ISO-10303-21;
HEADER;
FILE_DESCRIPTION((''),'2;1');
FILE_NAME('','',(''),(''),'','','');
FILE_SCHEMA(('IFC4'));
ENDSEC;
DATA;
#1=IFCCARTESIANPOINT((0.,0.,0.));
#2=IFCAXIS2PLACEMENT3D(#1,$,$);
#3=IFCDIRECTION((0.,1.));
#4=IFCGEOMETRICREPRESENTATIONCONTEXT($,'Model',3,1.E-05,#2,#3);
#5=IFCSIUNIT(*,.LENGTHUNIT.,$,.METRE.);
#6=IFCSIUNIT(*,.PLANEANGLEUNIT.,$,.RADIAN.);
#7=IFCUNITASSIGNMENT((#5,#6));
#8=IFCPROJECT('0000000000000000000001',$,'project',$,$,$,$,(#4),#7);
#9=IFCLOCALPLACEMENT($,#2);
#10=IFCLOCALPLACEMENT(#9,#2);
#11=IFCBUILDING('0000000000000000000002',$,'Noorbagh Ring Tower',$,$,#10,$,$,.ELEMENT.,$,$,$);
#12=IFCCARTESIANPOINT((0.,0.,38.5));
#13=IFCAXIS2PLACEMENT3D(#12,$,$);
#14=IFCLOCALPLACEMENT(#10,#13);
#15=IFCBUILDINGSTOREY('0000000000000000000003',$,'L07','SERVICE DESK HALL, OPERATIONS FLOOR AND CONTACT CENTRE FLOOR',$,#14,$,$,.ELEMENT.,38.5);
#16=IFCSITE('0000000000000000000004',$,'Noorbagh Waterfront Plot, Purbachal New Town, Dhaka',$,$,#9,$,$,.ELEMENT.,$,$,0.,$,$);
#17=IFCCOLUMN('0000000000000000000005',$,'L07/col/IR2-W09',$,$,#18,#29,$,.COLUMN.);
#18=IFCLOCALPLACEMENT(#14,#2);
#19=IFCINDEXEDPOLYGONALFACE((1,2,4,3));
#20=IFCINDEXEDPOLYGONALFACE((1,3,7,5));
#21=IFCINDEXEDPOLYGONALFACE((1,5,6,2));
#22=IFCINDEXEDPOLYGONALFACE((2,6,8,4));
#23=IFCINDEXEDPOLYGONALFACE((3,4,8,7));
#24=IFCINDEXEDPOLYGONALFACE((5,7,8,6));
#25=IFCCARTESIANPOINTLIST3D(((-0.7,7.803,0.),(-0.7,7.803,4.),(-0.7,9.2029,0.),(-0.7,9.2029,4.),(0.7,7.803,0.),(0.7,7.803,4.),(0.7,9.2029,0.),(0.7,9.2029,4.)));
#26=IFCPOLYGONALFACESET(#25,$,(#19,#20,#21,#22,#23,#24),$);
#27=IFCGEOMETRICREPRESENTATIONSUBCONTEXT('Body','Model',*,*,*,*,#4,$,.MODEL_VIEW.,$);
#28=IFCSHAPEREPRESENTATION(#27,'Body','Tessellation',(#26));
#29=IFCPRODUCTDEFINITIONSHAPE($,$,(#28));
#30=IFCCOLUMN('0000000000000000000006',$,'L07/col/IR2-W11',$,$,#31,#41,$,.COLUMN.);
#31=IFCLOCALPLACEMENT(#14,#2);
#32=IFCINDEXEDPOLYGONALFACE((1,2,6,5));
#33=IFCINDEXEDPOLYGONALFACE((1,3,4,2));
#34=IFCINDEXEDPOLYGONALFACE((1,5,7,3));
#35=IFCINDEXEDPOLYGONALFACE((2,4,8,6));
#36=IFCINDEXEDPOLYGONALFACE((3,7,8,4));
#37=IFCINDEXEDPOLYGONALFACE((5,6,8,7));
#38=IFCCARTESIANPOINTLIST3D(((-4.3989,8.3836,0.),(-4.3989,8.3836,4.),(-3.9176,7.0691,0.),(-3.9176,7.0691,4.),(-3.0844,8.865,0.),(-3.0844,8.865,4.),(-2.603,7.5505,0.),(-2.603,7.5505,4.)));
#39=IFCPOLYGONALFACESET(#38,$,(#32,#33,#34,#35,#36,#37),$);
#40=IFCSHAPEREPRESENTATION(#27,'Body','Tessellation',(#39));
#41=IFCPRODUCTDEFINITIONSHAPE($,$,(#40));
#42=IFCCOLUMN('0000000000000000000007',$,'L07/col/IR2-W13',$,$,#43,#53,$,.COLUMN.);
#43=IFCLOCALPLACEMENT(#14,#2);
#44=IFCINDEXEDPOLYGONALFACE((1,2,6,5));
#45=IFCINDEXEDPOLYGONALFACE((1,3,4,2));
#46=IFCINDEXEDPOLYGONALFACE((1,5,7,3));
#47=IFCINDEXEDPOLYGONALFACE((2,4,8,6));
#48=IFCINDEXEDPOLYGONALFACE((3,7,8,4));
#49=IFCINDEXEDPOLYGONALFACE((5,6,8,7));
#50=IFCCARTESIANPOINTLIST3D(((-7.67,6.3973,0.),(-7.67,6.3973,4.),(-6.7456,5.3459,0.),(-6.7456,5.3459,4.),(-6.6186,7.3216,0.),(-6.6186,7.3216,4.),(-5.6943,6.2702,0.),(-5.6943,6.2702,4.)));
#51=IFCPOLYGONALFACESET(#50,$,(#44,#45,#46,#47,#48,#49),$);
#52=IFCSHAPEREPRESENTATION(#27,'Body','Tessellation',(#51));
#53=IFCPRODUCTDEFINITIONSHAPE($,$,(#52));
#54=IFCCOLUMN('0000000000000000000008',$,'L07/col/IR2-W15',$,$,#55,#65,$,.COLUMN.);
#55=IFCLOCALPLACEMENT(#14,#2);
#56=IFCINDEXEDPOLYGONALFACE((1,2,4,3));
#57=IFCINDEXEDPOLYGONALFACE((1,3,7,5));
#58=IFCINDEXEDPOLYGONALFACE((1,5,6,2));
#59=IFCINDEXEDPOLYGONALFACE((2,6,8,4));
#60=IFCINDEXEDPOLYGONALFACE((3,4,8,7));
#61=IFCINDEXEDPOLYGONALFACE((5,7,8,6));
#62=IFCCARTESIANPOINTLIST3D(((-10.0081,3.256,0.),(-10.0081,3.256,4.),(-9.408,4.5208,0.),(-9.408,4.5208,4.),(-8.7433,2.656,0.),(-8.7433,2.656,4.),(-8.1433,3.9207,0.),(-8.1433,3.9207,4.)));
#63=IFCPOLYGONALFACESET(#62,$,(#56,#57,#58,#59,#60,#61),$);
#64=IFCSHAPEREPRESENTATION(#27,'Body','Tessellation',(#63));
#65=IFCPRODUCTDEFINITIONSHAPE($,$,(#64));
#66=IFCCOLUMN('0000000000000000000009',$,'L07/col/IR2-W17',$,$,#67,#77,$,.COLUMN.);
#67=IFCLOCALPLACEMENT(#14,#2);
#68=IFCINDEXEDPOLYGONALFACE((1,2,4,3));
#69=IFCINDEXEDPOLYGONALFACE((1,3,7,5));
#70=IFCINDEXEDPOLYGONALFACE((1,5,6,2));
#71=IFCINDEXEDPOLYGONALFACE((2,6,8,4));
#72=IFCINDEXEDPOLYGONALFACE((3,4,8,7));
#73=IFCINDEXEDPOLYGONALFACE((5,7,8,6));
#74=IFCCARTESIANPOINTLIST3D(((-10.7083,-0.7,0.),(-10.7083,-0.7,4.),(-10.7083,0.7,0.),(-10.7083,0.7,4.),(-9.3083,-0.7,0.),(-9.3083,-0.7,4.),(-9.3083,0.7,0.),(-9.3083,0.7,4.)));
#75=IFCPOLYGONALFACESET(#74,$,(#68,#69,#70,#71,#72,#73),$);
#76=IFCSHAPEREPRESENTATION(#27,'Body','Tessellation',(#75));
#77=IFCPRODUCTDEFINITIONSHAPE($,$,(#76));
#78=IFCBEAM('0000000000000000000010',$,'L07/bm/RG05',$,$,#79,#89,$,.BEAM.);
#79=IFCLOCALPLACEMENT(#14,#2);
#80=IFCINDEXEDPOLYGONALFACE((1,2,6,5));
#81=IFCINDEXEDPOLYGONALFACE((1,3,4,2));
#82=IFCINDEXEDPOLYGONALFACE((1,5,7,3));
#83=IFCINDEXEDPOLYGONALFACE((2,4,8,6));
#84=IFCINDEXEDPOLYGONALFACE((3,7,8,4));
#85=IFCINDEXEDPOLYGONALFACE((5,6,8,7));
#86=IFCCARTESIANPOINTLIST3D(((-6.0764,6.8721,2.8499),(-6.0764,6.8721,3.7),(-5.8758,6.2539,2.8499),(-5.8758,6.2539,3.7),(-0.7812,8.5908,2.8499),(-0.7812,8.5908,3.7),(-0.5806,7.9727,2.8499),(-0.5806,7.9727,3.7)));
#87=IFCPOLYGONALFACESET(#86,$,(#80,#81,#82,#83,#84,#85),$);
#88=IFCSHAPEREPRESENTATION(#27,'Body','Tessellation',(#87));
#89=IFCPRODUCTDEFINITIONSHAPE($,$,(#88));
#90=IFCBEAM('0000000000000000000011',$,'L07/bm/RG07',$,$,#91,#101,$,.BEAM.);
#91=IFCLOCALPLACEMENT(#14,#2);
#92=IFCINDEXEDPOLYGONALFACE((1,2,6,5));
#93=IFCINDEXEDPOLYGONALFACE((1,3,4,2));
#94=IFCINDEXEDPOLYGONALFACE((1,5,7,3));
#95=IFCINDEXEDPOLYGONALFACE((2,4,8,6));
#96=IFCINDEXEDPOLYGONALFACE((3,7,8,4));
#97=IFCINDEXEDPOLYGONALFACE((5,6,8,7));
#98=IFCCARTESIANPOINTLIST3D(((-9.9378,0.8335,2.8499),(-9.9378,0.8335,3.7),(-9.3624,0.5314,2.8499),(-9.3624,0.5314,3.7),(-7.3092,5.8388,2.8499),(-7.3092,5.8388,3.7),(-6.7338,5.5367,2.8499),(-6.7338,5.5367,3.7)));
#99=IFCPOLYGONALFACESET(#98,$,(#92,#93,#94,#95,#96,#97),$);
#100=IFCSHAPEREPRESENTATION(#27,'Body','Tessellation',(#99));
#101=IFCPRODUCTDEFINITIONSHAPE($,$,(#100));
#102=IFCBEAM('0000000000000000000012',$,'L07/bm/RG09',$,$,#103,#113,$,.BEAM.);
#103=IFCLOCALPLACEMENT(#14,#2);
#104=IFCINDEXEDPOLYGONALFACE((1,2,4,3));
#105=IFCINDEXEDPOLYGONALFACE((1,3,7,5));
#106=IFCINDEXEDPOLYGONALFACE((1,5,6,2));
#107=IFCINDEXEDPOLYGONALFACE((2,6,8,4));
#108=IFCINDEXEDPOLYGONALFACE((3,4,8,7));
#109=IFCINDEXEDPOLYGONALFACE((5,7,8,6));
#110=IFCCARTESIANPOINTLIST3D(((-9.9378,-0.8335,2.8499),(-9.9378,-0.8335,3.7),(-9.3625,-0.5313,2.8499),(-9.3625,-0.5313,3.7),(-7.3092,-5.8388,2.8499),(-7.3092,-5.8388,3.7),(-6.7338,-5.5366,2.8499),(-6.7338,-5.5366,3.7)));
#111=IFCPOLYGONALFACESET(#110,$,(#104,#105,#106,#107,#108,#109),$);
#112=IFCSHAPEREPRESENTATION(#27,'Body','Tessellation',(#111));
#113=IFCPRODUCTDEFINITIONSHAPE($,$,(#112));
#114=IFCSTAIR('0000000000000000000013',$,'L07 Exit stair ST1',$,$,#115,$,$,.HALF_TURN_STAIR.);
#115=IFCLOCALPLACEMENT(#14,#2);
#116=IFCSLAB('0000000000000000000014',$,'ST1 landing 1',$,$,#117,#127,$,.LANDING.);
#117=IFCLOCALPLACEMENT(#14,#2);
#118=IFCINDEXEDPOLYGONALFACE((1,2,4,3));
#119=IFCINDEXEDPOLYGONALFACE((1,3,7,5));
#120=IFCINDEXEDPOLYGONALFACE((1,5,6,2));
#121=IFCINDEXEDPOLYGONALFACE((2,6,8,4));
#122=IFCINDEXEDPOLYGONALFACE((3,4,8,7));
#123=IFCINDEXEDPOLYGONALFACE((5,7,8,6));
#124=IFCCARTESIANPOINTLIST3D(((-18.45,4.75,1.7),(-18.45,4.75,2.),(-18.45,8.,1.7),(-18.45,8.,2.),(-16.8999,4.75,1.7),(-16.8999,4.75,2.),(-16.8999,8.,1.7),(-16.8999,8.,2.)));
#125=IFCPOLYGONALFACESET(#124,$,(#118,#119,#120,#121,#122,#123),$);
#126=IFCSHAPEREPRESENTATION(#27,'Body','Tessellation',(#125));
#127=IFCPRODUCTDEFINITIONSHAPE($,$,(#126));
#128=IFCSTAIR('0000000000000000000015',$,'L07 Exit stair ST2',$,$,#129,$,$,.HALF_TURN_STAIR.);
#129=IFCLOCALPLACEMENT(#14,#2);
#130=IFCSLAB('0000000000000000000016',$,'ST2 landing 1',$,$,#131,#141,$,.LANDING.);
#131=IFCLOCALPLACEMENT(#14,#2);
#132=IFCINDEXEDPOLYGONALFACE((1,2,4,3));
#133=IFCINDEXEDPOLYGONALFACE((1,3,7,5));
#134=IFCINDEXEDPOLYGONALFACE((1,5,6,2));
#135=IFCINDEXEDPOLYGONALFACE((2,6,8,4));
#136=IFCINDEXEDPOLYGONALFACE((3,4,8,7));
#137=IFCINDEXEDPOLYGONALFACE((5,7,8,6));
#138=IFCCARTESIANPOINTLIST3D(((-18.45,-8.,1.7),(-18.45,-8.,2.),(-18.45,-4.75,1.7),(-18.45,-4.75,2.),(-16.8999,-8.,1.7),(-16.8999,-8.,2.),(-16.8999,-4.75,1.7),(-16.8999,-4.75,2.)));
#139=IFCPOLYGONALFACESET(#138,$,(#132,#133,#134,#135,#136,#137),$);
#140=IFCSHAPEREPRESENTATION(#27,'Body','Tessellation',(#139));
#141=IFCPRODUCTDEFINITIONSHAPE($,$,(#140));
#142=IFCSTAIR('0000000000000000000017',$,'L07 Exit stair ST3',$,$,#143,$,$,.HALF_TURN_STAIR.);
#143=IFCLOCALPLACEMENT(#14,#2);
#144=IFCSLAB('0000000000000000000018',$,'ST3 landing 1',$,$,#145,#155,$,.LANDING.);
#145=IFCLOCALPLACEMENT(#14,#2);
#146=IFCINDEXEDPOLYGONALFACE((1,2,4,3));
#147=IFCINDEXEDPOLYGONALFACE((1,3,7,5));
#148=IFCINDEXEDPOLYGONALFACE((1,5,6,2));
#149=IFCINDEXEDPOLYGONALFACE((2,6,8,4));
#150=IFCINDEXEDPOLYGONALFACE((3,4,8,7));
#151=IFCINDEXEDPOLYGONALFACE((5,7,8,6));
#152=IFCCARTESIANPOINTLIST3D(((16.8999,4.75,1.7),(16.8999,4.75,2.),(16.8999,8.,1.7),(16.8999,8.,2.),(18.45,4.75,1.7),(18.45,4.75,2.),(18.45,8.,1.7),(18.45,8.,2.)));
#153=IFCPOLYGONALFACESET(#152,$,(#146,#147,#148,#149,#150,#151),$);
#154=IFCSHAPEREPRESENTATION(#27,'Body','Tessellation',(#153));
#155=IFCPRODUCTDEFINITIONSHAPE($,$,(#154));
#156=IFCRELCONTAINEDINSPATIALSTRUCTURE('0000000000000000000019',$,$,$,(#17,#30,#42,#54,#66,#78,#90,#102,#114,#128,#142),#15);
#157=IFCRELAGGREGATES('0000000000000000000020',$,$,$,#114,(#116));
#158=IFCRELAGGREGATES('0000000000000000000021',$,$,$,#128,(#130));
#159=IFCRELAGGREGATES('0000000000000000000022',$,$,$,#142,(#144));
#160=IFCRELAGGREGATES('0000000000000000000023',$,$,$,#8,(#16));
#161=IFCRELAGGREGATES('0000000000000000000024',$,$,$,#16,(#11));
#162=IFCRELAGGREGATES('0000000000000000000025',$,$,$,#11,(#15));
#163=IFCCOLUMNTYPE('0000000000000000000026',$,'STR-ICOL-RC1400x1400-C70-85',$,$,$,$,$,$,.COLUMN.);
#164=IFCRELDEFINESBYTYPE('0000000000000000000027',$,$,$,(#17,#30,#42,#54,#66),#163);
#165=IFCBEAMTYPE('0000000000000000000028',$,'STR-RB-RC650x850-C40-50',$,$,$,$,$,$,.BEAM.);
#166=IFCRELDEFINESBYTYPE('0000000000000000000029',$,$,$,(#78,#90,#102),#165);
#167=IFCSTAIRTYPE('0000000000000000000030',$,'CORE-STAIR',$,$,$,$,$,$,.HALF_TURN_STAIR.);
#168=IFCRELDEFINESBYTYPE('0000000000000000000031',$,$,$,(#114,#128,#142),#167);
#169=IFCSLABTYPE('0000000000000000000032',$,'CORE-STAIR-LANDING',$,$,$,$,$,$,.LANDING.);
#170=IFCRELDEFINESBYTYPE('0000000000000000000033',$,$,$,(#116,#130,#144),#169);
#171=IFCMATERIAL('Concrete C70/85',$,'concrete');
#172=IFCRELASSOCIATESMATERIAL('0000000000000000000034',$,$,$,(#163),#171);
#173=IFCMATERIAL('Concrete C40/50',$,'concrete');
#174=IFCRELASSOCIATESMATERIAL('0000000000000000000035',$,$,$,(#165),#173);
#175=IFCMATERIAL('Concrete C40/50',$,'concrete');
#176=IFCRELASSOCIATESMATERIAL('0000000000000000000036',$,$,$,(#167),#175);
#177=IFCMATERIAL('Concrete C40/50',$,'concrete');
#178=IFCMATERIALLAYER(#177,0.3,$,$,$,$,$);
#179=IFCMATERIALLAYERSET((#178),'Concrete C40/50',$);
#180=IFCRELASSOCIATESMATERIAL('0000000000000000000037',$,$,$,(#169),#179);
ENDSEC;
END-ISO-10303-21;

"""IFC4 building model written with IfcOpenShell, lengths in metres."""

from ifc_helpers import new_model, si_unit, direction, frame, origin, origin_2d, place, context, subcontext, project, spatial, polyline, rectangle, outline, extrude, material, layer, layer_set, material_profile, profile_set, type_object, element, aggregate, save


model = new_model("IFC4")

# Units and contexts
model_context = context("Model", 3, precision=1e-05, world=origin(), true_north=direction((0.0, 1.0)))
body_context = subcontext(model_context, "Body", "Model", "MODEL_VIEW")
ifc_project = project(units=[si_unit("LENGTHUNIT", "METRE"), si_unit("PLANEANGLEUNIT", "RADIAN")], contexts=[model_context])

# Site, building, storey
site_placement = place(None, origin())
site = spatial("IfcSite", under=ifc_project, at=site_placement, Name="Noorbagh Waterfront Plot, Purbachal New Town, Dhaka", CompositionType="ELEMENT", RefElevation=0.0)
building_placement = place(site_placement, origin())
building = spatial("IfcBuilding", under=site, at=building_placement, Name="Noorbagh Ring Tower", CompositionType="ELEMENT")
storey_placement = place(building_placement, frame((0.0, 0.0, 38.5)))
storey = spatial("IfcBuildingStorey", under=building, at=storey_placement, Name="L07", Description="SERVICE DESK HALL, OPERATIONS FLOOR AND CONTACT CENTRE FLOOR", CompositionType="ELEMENT", Elevation=38.5)

# Columns
ifc_material_1 = material(Name="Concrete C70/85", Category="concrete")
ifc_material_profile_1 = material_profile(ifc_material_1, rectangle(XDim=1.3999, YDim=1.3999, at=origin_2d()), Name="RC1400x1400")
ifc_profile_set_1 = profile_set([ifc_material_profile_1], Name="Concrete C70/85")
column_type = type_object("IfcColumnType", Name="STR-ICOL-RC1400x1400-C70-85", PredefinedType="COLUMN", material=ifc_profile_set_1)
for number, where, z_axis, x_axis, name in (
    (1, (0.0, 8.5029, 0.0), (0.0, 0.0, 1.0), (-1.0, 0.0, 0.0), "L07/col/IR2-W09"),
    (2, (-3.501, 7.967, 0.0), (0.0, 0.0, 1.0), (-0.93902, -0.343864, 0.0), "L07/col/IR2-W11"),
    (3, (-6.6821, 6.3337, 0.0), (0.0, 0.0, 1.0), (-0.751022, -0.660277, 0.0), "L07/col/IR2-W13"),
    (4, (-9.0757, 3.5884, 0.0), (0.0, 0.0, 1.0), (-0.428667, -0.903463, 0.0), "L07/col/IR2-W15"),
    (5, (-10.0083, 0.0, 0.0), (0.0, 0.0, 1.0), (0.0, -1.0, 0.0), "L07/col/IR2-W17"),
):
    element("IfcColumn", number, at=place(storey_placement, frame(where, z_axis=z_axis, x_axis=x_axis)), inside=storey, type_object=column_type, Name=name, PredefinedType="COLUMN", context=body_context, shape_type="SweptSolid", body=[
        extrude(rectangle(XDim=1.3999, YDim=1.3999, at=origin_2d()), origin(), (0.0, 0.0, 1.0), 4.0),
    ])

# Beams
ifc_material_2 = material(Name="Concrete C40/50", Category="concrete")
ifc_material_profile_2 = material_profile(ifc_material_2, rectangle(XDim=0.6499, YDim=0.8501, at=origin_2d()), Name="RC650x850")
ifc_profile_set_2 = profile_set([ifc_material_profile_2], Name="Concrete C40/50")
beam_type = type_object("IfcBeamType", Name="STR-RB-RC650x850-C40-50", PredefinedType="BEAM", material=ifc_profile_set_2)
beam_placement = place(storey_placement, frame((-0.6809, 8.2817, 3.2749), z_axis=(-0.951149, -0.308732, 0.0), x_axis=(0.308732, -0.951149, 0.0)))
element("IfcBeam", 6, at=beam_placement, inside=storey, type_object=beam_type, Name="L07/bm/RG05", PredefinedType="BEAM", context=body_context, shape_type="SweptSolid", body=[
    extrude(rectangle(XDim=0.6499, YDim=0.8501, at=origin_2d()), origin(), (0.0, 0.0, 1.0), 5.5671),
])
for number, where, z_axis, x_axis, name in (
    (7, (-7.0215, 5.6877, 3.2749), (-0.464951, -0.885337, 0.0), (0.885337, -0.464951, 0.0), "L07/bm/RG07"),
    (8, (-9.6501, -0.6824, 3.2749), (0.464951, -0.885337, 0.0), (0.885337, 0.464951, 0.0), "L07/bm/RG09"),
):
    element("IfcBeam", number, at=place(storey_placement, frame(where, z_axis=z_axis, x_axis=x_axis)), inside=storey, type_object=beam_type, Name=name, PredefinedType="BEAM", context=body_context, shape_type="SweptSolid", body=[
        extrude(rectangle(XDim=0.6499, YDim=0.8501, at=origin_2d()), origin(), (0.0, 0.0, 1.0), 5.6536),
    ])

# Stairs, slabs
ifc_material_3 = material(Name="Concrete C40/50", Category="concrete")
stair_type = type_object("IfcStairType", Name="CORE-STAIR", PredefinedType="HALF_TURN_STAIR", material=ifc_material_3)
stair_1_placement = place(storey_placement, origin())
stair_1 = element("IfcStair", 9, at=stair_1_placement, inside=storey, type_object=stair_type, Name="L07 Exit stair ST1", PredefinedType="HALF_TURN_STAIR")
ifc_material_4 = material(Name="Concrete C40/50", Category="concrete")
ifc_layer_1 = layer(ifc_material_4, 0.3)
ifc_layer_set_1 = layer_set([ifc_layer_1], Name="Concrete C40/50")
slab_type_1 = type_object("IfcSlabType", Name="CORE-STAIR-LANDING", PredefinedType="LANDING", material=ifc_layer_set_1)
slab_1_placement = place(storey_placement, frame((0.0, 0.0, 1.7)))
slab_1 = element("IfcSlab", 10, at=slab_1_placement, type_object=slab_type_1, Name="ST1 landing 1", PredefinedType="LANDING", context=body_context, shape_type="SweptSolid", body=[
    extrude(outline(polyline([(-18.45, 4.75), (-16.8999, 4.75), (-16.8999, 8.0), (-18.45, 8.0), (-18.45, 4.75)])), origin(), (0.0, 0.0, 1.0), 0.3),
])
aggregate(stair_1, [slab_1])
stair_2_placement = place(storey_placement, origin())
stair_2 = element("IfcStair", 11, at=stair_2_placement, inside=storey, type_object=stair_type, Name="L07 Exit stair ST2", PredefinedType="HALF_TURN_STAIR")
slab_2_placement = place(storey_placement, frame((0.0, 0.0, 1.7)))
slab_2 = element("IfcSlab", 12, at=slab_2_placement, type_object=slab_type_1, Name="ST2 landing 1", PredefinedType="LANDING", context=body_context, shape_type="SweptSolid", body=[
    extrude(outline(polyline([(-18.45, -8.0), (-16.8999, -8.0), (-16.8999, -4.75), (-18.45, -4.75), (-18.45, -8.0)])), origin(), (0.0, 0.0, 1.0), 0.3),
])
aggregate(stair_2, [slab_2])
stair_3_placement = place(storey_placement, origin())
stair_3 = element("IfcStair", 13, at=stair_3_placement, inside=storey, type_object=stair_type, Name="L07 Exit stair ST3", PredefinedType="HALF_TURN_STAIR")
slab_3_placement = place(storey_placement, frame((0.0, 0.0, 1.7)))
slab_3 = element("IfcSlab", 14, at=slab_3_placement, type_object=slab_type_1, Name="ST3 landing 1", PredefinedType="LANDING", context=body_context, shape_type="SweptSolid", body=[
    extrude(outline(polyline([(18.45, 8.0), (16.8999, 8.0), (16.8999, 4.75), (18.45, 4.75), (18.45, 8.0)])), origin(), (0.0, 0.0, 1.0), 0.3),
])
aggregate(stair_3, [slab_3])

save(model, "model.ifc")
